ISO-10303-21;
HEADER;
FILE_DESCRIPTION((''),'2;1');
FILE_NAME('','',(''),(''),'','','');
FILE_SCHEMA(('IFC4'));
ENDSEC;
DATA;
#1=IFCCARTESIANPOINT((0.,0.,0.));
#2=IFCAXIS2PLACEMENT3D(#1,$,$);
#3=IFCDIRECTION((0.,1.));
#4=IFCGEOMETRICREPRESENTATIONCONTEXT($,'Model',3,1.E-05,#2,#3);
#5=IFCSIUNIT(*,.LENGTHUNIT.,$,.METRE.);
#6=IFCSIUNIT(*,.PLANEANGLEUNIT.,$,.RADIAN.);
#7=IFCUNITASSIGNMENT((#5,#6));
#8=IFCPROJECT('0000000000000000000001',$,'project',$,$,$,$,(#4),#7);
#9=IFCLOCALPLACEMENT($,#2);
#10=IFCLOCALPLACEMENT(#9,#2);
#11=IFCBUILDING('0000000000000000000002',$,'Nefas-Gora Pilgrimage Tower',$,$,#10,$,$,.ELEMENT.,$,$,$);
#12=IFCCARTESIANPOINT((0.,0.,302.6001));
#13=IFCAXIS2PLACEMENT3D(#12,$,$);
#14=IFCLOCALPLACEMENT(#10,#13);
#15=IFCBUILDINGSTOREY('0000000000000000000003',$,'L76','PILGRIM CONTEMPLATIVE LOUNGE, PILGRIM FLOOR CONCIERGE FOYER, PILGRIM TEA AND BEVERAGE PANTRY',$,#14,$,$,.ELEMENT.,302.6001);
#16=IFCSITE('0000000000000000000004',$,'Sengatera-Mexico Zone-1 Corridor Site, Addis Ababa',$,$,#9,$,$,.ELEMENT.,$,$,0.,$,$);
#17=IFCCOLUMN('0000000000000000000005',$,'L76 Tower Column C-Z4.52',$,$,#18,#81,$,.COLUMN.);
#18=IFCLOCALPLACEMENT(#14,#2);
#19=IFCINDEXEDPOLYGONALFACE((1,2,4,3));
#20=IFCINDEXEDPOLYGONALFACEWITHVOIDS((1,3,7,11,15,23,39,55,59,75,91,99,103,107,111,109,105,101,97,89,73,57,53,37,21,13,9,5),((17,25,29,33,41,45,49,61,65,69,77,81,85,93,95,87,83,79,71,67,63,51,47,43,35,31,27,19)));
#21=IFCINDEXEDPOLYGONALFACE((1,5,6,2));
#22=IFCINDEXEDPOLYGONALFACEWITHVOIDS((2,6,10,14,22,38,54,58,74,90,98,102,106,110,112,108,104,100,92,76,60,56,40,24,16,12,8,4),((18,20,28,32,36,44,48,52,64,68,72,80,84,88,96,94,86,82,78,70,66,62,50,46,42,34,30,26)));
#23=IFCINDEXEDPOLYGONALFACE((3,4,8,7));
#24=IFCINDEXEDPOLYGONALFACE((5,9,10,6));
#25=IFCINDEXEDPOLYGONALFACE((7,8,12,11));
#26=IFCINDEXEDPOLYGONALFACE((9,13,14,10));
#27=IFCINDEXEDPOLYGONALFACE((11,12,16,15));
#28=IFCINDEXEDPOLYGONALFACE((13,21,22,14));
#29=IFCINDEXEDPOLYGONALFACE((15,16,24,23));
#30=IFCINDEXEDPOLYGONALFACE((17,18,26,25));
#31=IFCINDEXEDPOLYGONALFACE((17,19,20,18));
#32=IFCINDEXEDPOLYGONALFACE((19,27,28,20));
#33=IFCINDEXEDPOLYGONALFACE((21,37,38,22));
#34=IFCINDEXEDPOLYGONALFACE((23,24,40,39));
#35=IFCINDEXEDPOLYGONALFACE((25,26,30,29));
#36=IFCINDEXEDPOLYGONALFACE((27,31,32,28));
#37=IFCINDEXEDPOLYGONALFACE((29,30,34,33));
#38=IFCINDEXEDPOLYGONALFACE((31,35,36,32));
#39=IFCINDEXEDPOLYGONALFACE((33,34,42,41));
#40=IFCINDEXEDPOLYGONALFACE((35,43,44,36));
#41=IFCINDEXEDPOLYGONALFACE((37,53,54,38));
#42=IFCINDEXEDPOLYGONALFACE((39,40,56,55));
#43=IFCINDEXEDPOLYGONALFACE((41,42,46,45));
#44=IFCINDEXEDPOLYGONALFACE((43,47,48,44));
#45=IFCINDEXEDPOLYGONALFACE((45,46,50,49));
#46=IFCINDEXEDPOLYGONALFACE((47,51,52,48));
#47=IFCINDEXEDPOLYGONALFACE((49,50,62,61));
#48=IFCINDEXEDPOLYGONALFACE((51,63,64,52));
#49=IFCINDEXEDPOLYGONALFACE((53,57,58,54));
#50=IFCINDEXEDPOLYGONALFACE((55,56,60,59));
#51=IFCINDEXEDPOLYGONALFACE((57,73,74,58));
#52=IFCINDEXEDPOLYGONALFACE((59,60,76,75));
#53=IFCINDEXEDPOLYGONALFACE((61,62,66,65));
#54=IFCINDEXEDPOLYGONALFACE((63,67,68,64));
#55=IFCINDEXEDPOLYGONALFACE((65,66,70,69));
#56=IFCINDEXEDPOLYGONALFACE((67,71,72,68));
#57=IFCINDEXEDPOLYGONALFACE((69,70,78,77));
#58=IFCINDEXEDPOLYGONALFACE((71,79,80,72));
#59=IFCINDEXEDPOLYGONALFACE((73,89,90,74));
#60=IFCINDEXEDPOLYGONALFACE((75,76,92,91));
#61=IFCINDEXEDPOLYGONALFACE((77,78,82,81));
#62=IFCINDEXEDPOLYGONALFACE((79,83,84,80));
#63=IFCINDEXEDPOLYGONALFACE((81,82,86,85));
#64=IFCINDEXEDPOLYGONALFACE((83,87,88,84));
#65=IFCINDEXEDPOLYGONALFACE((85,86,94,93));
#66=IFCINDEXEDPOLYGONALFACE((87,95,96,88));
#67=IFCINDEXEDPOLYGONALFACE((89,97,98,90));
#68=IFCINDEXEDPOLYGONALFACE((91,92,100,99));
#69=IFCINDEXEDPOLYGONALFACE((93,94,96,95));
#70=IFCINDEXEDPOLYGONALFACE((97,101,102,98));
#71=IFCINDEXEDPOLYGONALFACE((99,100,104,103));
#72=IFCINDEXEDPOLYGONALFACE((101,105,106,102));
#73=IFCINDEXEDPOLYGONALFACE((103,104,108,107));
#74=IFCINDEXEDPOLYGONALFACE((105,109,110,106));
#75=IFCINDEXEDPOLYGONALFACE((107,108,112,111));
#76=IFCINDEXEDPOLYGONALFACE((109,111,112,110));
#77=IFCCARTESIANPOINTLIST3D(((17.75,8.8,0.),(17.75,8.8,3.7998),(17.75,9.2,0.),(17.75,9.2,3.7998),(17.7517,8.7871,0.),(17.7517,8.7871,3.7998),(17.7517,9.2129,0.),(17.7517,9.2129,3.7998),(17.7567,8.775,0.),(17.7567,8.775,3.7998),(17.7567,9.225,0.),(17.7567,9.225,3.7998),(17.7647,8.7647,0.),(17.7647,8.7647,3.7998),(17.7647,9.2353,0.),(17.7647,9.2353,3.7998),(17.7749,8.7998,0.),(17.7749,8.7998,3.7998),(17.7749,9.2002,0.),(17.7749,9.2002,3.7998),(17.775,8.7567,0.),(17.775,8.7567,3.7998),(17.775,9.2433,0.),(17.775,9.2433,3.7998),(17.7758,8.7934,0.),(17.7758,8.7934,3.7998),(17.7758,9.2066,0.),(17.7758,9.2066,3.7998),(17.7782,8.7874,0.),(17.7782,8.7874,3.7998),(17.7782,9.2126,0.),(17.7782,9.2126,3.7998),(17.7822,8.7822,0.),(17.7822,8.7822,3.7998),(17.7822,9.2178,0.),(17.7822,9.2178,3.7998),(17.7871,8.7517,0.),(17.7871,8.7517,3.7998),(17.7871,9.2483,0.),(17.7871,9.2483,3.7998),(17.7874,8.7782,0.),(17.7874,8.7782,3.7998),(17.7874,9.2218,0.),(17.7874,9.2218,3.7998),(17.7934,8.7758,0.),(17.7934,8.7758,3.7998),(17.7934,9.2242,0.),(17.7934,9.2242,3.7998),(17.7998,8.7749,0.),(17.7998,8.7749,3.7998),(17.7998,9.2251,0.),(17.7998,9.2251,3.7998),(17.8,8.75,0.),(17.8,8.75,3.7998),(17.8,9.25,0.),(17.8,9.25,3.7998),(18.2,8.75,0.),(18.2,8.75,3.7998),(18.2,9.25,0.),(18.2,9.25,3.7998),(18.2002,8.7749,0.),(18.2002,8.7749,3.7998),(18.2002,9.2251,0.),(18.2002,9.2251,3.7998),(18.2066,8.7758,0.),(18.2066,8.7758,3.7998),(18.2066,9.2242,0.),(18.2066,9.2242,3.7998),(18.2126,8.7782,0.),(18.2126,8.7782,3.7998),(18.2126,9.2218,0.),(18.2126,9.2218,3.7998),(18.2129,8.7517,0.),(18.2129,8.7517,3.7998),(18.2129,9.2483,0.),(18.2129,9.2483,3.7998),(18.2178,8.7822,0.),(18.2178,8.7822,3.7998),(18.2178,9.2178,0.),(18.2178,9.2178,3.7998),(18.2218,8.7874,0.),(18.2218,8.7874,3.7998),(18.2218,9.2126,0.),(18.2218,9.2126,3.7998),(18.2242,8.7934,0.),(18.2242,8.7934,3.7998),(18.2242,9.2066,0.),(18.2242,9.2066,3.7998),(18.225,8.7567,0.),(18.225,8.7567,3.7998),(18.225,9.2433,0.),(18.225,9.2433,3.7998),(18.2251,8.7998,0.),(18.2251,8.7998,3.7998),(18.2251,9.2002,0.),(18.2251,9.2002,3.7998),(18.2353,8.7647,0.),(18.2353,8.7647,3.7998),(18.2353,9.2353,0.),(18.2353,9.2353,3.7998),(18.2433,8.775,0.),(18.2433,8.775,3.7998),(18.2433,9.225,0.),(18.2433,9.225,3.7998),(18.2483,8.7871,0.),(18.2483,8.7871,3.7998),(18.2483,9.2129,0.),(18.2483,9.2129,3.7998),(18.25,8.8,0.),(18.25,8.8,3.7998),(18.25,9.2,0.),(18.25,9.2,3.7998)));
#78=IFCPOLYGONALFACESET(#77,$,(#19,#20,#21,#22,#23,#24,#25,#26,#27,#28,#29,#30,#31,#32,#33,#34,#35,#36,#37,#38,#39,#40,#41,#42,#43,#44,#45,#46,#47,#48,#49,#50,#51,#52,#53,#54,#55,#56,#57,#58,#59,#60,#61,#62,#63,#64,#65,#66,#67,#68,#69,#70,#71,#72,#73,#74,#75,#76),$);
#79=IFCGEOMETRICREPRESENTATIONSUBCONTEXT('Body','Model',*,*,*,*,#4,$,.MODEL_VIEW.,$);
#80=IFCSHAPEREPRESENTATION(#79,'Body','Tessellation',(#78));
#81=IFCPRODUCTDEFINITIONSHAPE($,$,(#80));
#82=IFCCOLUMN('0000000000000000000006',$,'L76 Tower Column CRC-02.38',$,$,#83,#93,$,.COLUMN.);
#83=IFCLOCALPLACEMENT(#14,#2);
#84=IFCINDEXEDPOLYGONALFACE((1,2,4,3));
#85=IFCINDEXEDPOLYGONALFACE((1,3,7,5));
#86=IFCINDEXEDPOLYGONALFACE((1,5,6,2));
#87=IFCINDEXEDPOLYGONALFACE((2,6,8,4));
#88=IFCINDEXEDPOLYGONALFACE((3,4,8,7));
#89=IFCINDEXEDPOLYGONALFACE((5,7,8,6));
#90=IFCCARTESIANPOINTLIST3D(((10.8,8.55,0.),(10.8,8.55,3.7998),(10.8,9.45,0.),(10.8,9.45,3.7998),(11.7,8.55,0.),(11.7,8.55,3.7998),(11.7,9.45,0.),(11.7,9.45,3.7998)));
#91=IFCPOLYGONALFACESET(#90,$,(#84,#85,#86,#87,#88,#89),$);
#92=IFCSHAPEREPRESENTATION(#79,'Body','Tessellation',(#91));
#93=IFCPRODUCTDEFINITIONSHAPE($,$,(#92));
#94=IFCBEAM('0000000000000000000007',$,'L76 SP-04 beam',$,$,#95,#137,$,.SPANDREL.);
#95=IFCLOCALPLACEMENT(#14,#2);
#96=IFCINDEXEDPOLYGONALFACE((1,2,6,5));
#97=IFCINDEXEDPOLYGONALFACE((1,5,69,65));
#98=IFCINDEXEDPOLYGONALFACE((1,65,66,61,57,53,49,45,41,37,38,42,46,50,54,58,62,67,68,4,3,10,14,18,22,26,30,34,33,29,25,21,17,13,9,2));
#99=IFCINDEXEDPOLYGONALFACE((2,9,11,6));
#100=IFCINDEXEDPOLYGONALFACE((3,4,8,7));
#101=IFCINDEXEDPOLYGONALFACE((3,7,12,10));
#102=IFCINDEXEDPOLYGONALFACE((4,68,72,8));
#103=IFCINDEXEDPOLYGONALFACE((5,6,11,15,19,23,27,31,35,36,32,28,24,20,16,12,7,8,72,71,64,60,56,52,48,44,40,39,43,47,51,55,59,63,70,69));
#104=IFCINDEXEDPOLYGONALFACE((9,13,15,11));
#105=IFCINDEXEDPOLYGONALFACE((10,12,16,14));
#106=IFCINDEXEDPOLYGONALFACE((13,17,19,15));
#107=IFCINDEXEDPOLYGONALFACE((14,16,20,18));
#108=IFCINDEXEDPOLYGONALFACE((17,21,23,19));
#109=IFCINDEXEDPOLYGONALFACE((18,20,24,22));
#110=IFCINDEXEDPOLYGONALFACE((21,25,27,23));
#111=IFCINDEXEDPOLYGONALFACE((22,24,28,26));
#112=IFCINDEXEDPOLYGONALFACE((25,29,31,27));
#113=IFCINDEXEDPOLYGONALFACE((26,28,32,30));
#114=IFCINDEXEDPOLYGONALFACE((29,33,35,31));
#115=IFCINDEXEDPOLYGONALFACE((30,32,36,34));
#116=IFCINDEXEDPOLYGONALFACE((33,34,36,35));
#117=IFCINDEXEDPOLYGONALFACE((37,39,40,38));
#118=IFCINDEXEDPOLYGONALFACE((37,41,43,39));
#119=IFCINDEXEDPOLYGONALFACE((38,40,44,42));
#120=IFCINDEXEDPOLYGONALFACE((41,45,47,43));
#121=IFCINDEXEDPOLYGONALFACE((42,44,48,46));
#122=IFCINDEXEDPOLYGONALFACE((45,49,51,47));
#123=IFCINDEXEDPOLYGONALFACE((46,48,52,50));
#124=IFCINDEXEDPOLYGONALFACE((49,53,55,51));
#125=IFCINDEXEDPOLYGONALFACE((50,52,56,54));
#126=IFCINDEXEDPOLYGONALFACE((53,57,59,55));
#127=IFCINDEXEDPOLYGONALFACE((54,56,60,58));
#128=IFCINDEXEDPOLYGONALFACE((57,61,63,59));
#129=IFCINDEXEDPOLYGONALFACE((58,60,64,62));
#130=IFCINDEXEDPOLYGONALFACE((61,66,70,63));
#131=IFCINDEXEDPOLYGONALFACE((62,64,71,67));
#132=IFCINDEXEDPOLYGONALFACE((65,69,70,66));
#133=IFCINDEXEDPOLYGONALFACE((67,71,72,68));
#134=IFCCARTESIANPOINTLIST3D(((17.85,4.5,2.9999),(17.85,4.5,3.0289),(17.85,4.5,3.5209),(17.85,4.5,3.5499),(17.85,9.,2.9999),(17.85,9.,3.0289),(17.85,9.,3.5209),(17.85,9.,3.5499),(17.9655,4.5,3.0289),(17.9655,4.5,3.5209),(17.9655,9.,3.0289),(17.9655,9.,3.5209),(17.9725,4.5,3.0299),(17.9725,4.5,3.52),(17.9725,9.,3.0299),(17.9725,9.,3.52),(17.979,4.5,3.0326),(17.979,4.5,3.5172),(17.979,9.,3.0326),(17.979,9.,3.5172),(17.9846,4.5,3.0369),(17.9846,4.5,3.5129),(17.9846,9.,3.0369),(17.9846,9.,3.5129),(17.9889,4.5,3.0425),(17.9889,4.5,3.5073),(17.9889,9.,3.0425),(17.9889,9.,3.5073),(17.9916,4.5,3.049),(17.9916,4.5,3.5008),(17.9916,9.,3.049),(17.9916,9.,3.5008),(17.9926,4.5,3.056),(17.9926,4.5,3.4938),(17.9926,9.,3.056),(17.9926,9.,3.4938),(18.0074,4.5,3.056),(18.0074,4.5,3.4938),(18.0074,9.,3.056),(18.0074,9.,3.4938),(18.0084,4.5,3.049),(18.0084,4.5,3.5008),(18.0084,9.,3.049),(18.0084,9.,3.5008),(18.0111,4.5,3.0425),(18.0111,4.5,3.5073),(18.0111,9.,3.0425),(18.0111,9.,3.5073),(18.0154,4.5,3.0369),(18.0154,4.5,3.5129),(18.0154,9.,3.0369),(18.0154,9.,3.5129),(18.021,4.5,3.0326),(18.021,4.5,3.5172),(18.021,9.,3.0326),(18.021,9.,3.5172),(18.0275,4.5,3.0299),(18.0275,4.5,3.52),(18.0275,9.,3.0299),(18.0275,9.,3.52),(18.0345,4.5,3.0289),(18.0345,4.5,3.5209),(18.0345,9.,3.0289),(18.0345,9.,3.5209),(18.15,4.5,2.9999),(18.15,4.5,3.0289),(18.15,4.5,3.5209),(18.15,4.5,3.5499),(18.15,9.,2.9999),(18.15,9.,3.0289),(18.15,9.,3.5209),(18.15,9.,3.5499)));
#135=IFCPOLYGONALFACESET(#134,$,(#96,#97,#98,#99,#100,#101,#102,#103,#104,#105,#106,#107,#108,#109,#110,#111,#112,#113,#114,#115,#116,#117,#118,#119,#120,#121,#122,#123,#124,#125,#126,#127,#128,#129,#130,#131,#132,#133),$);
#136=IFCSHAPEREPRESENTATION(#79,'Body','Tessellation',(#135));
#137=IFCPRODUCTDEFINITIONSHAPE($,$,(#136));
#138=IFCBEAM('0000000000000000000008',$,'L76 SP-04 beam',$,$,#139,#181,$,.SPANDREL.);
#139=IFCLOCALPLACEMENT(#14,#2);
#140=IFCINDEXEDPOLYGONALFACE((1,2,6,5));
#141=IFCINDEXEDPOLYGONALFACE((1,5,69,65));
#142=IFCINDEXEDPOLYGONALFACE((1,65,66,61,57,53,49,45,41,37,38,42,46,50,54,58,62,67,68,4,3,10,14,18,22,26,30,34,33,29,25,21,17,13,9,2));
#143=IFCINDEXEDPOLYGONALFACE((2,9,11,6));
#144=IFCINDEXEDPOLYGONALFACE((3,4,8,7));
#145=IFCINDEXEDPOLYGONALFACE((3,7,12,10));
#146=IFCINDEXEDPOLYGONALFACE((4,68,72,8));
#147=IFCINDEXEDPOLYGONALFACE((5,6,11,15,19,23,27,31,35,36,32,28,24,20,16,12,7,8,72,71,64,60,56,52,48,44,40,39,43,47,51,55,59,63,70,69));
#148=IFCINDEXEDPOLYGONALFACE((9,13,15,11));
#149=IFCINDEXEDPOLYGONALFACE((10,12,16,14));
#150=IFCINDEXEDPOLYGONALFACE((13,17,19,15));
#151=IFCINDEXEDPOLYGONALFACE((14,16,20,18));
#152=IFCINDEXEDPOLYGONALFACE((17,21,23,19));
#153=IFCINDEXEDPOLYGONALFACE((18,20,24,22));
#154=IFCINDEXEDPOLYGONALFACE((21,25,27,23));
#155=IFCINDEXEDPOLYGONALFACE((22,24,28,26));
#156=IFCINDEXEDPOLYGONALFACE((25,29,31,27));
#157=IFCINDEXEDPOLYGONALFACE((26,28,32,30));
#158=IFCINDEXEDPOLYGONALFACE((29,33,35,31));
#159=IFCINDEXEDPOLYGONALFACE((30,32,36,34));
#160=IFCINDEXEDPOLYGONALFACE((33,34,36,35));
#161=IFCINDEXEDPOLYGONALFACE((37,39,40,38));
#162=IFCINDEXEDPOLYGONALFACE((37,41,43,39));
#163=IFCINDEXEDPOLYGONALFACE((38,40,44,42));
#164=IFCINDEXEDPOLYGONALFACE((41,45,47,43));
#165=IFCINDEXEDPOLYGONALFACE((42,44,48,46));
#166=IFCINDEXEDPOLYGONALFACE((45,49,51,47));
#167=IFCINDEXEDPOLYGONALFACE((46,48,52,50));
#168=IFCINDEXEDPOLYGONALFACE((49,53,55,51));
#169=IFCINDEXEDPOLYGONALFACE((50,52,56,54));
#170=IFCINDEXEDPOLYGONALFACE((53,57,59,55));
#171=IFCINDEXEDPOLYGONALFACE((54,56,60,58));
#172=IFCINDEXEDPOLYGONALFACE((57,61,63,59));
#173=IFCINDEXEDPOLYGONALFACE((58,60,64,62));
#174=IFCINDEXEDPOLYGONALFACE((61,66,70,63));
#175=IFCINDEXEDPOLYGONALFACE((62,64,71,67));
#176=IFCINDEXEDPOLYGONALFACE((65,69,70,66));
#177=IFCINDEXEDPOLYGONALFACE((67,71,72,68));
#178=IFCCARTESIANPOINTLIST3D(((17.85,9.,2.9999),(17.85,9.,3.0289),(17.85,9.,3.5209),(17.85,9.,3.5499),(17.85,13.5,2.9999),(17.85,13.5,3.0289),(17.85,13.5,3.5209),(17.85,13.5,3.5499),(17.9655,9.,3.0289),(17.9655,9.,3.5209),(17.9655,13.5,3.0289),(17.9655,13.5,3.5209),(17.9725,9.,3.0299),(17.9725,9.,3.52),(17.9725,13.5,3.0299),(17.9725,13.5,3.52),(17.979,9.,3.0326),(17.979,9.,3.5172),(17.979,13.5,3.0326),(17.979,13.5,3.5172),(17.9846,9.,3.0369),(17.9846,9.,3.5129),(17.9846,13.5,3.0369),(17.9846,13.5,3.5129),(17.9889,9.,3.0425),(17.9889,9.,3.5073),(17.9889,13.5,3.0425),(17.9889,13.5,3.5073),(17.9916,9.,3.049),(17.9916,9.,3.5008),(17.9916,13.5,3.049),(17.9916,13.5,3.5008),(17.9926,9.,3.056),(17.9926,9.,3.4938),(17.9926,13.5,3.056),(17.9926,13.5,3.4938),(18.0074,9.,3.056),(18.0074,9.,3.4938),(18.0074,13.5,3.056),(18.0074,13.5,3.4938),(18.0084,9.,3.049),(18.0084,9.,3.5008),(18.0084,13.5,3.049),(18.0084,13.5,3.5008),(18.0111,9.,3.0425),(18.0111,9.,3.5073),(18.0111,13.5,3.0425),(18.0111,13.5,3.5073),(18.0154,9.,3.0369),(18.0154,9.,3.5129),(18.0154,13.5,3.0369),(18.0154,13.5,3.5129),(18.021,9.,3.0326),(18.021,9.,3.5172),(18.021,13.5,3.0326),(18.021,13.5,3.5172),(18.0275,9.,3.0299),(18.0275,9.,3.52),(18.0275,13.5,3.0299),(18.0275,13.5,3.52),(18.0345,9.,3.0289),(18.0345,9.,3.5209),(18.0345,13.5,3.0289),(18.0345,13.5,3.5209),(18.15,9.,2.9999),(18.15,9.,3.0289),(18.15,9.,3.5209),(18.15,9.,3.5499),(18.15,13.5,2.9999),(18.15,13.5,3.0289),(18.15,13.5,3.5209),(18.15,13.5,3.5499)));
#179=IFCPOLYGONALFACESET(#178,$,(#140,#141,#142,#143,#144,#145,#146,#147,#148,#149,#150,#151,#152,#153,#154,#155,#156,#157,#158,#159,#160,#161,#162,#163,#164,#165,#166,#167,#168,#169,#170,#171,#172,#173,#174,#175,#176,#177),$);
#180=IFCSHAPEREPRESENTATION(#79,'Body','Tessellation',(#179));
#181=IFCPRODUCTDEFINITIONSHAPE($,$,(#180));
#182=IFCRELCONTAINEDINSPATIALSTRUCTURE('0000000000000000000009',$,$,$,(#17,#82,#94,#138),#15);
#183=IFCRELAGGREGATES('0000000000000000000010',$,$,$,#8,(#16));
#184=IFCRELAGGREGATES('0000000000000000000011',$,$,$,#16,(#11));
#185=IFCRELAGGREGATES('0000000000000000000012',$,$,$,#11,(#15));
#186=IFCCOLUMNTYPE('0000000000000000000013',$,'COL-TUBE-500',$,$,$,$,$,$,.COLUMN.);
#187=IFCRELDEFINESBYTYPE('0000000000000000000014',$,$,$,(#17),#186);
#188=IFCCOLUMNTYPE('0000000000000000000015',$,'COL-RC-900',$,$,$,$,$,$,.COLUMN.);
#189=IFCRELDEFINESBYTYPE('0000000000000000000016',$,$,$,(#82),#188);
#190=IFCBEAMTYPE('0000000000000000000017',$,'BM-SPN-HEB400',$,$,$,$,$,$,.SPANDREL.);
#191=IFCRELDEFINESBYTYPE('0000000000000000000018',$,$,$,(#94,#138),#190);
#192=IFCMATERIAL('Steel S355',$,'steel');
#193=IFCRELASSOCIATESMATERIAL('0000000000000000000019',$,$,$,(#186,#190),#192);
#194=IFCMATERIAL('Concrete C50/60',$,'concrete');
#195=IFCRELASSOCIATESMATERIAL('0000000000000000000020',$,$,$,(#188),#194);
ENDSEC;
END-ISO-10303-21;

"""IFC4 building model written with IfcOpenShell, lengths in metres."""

from ifc_helpers import new_model, si_unit, direction, frame, origin, origin_2d, place, context, subcontext, project, spatial, rectangle, hollow_rectangle, i_section, extrude, source, transform, mapped, material, material_profile, profile_set, type_object, element, save


model = new_model("IFC4")

# Units and contexts
model_context = context("Model", 3, precision=1e-05, world=origin(), true_north=direction((0.0, 1.0)))
body_context = subcontext(model_context, "Body", "Model", "MODEL_VIEW")
ifc_project = project(units=[si_unit("LENGTHUNIT", "METRE"), si_unit("PLANEANGLEUNIT", "RADIAN")], contexts=[model_context])

# Site, building, storey
site_placement = place(None, origin())
site = spatial("IfcSite", under=ifc_project, at=site_placement, Name="Sengatera-Mexico Zone-1 Corridor Site, Addis Ababa", CompositionType="ELEMENT", RefElevation=0.0)
building_placement = place(site_placement, origin())
building = spatial("IfcBuilding", under=site, at=building_placement, Name="Nefas-Gora Pilgrimage Tower", CompositionType="ELEMENT")
storey_placement = place(building_placement, frame((0.0, 0.0, 302.6001)))
storey = spatial("IfcBuildingStorey", under=building, at=storey_placement, Name="L76", Description="PILGRIM CONTEMPLATIVE LOUNGE, PILGRIM FLOOR CONCIERGE FOYER, PILGRIM TEA AND BEVERAGE PANTRY", CompositionType="ELEMENT", Elevation=302.6001)

# Columns
ifc_material_1 = material(Name="Steel S355", Category="steel")
ifc_material_profile_1 = material_profile(ifc_material_1, hollow_rectangle(XDim=0.5, YDim=0.5, WallThickness=0.0249, InnerFilletRadius=0.0249, OuterFilletRadius=0.05, at=origin_2d()), Name="SHS 500x500x25")
ifc_profile_set_1 = profile_set([ifc_material_profile_1], Name="Steel S355")
column_type_1 = type_object("IfcColumnType", Name="COL-TUBE-500", PredefinedType="COLUMN", material=ifc_profile_set_1)
shared_shape_1 = source(origin(), body_context, "Body", "SweptSolid", [
    extrude(hollow_rectangle(XDim=0.5, YDim=0.5, WallThickness=0.0249, InnerFilletRadius=0.0249, OuterFilletRadius=0.05, at=origin_2d()), origin(), (0.0, 0.0, 1.0), 3.7998),
])
for number, where, z_axis, x_axis, name in (
    (1, (18.0, 9.0, 0.0), (0.0, 0.0, 1.0), (1.0, 0.0, 0.0), "L76 Tower Column C-Z4.52"),
):
    element("IfcColumn", number, at=place(storey_placement, frame(where, z_axis=z_axis, x_axis=x_axis)), inside=storey, type_object=column_type_1, Name=name, PredefinedType="COLUMN", context=body_context, shape_type="MappedRepresentation", body=[
        mapped(shared_shape_1, transform((0.0, 0.0, 0.0), x_axis=(1.0, 0.0, 0.0), y_axis=(0.0, 1.0, 0.0), z_axis=(0.0, 0.0, 1.0), scale=1.0)),
    ])
ifc_material_2 = material(Name="Concrete C50/60", Category="concrete")
ifc_material_profile_2 = material_profile(ifc_material_2, rectangle(XDim=0.8999, YDim=0.8999, at=origin_2d()), Name="RC 900x900")
ifc_profile_set_2 = profile_set([ifc_material_profile_2], Name="Concrete C50/60")
column_type_2 = type_object("IfcColumnType", Name="COL-RC-900", PredefinedType="COLUMN", material=ifc_profile_set_2)
shared_shape_2 = source(origin(), body_context, "Body", "SweptSolid", [
    extrude(rectangle(XDim=0.8999, YDim=0.8999, at=origin_2d()), origin(), (0.0, 0.0, 1.0), 3.7998),
])
column_placement = place(storey_placement, frame((11.25, 9.0, 0.0), z_axis=(0.0, 0.0, 1.0), x_axis=(1.0, 0.0, 0.0)))
element("IfcColumn", 2, at=column_placement, inside=storey, type_object=column_type_2, Name="L76 Tower Column CRC-02.38", PredefinedType="COLUMN", context=body_context, shape_type="MappedRepresentation", body=[
    mapped(shared_shape_2, transform((0.0, 0.0, 0.0), x_axis=(1.0, 0.0, 0.0), y_axis=(0.0, 1.0, 0.0), z_axis=(0.0, 0.0, 1.0), scale=1.0)),
])

# Beams
ifc_material_profile_3 = material_profile(ifc_material_1, i_section(OverallWidth=0.3, OverallDepth=0.55, WebThickness=0.0149, FlangeThickness=0.0291, FilletRadius=0.0271, at=origin_2d()), Name="HEB 550")
ifc_profile_set_3 = profile_set([ifc_material_profile_3], Name="Steel S355")
beam_type_1 = type_object("IfcBeamType", Name="BM-SPN-HEB400", PredefinedType="SPANDREL", material=ifc_profile_set_3)
shared_shape_3 = source(origin(), body_context, "Body", "SweptSolid", [
    extrude(i_section(OverallWidth=0.3, OverallDepth=0.55, WebThickness=0.0149, FlangeThickness=0.0291, FilletRadius=0.0271, at=origin_2d()), origin(), (0.0, 0.0, 1.0), 4.5),
])
for number, where, z_axis, x_axis, name in (
    (3, (18.0, 4.5, 3.2749), (0.0, 1.0, 0.0), (-1.0, 0.0, 0.0), "L76 SP-04 beam"),
    (4, (18.0, 9.0, 3.2749), (0.0, 1.0, 0.0), (-1.0, 0.0, 0.0), "L76 SP-04 beam"),
):
    element("IfcBeam", number, at=place(storey_placement, frame(where, z_axis=z_axis, x_axis=x_axis)), inside=storey, type_object=beam_type_1, Name=name, PredefinedType="SPANDREL", context=body_context, shape_type="MappedRepresentation", body=[
        mapped(shared_shape_3, transform((0.0, 0.0, 0.0), x_axis=(1.0, 0.0, 0.0), y_axis=(0.0, 1.0, 0.0), z_axis=(0.0, 0.0, 1.0), scale=1.0)),
    ])

save(model, "model.ifc")
